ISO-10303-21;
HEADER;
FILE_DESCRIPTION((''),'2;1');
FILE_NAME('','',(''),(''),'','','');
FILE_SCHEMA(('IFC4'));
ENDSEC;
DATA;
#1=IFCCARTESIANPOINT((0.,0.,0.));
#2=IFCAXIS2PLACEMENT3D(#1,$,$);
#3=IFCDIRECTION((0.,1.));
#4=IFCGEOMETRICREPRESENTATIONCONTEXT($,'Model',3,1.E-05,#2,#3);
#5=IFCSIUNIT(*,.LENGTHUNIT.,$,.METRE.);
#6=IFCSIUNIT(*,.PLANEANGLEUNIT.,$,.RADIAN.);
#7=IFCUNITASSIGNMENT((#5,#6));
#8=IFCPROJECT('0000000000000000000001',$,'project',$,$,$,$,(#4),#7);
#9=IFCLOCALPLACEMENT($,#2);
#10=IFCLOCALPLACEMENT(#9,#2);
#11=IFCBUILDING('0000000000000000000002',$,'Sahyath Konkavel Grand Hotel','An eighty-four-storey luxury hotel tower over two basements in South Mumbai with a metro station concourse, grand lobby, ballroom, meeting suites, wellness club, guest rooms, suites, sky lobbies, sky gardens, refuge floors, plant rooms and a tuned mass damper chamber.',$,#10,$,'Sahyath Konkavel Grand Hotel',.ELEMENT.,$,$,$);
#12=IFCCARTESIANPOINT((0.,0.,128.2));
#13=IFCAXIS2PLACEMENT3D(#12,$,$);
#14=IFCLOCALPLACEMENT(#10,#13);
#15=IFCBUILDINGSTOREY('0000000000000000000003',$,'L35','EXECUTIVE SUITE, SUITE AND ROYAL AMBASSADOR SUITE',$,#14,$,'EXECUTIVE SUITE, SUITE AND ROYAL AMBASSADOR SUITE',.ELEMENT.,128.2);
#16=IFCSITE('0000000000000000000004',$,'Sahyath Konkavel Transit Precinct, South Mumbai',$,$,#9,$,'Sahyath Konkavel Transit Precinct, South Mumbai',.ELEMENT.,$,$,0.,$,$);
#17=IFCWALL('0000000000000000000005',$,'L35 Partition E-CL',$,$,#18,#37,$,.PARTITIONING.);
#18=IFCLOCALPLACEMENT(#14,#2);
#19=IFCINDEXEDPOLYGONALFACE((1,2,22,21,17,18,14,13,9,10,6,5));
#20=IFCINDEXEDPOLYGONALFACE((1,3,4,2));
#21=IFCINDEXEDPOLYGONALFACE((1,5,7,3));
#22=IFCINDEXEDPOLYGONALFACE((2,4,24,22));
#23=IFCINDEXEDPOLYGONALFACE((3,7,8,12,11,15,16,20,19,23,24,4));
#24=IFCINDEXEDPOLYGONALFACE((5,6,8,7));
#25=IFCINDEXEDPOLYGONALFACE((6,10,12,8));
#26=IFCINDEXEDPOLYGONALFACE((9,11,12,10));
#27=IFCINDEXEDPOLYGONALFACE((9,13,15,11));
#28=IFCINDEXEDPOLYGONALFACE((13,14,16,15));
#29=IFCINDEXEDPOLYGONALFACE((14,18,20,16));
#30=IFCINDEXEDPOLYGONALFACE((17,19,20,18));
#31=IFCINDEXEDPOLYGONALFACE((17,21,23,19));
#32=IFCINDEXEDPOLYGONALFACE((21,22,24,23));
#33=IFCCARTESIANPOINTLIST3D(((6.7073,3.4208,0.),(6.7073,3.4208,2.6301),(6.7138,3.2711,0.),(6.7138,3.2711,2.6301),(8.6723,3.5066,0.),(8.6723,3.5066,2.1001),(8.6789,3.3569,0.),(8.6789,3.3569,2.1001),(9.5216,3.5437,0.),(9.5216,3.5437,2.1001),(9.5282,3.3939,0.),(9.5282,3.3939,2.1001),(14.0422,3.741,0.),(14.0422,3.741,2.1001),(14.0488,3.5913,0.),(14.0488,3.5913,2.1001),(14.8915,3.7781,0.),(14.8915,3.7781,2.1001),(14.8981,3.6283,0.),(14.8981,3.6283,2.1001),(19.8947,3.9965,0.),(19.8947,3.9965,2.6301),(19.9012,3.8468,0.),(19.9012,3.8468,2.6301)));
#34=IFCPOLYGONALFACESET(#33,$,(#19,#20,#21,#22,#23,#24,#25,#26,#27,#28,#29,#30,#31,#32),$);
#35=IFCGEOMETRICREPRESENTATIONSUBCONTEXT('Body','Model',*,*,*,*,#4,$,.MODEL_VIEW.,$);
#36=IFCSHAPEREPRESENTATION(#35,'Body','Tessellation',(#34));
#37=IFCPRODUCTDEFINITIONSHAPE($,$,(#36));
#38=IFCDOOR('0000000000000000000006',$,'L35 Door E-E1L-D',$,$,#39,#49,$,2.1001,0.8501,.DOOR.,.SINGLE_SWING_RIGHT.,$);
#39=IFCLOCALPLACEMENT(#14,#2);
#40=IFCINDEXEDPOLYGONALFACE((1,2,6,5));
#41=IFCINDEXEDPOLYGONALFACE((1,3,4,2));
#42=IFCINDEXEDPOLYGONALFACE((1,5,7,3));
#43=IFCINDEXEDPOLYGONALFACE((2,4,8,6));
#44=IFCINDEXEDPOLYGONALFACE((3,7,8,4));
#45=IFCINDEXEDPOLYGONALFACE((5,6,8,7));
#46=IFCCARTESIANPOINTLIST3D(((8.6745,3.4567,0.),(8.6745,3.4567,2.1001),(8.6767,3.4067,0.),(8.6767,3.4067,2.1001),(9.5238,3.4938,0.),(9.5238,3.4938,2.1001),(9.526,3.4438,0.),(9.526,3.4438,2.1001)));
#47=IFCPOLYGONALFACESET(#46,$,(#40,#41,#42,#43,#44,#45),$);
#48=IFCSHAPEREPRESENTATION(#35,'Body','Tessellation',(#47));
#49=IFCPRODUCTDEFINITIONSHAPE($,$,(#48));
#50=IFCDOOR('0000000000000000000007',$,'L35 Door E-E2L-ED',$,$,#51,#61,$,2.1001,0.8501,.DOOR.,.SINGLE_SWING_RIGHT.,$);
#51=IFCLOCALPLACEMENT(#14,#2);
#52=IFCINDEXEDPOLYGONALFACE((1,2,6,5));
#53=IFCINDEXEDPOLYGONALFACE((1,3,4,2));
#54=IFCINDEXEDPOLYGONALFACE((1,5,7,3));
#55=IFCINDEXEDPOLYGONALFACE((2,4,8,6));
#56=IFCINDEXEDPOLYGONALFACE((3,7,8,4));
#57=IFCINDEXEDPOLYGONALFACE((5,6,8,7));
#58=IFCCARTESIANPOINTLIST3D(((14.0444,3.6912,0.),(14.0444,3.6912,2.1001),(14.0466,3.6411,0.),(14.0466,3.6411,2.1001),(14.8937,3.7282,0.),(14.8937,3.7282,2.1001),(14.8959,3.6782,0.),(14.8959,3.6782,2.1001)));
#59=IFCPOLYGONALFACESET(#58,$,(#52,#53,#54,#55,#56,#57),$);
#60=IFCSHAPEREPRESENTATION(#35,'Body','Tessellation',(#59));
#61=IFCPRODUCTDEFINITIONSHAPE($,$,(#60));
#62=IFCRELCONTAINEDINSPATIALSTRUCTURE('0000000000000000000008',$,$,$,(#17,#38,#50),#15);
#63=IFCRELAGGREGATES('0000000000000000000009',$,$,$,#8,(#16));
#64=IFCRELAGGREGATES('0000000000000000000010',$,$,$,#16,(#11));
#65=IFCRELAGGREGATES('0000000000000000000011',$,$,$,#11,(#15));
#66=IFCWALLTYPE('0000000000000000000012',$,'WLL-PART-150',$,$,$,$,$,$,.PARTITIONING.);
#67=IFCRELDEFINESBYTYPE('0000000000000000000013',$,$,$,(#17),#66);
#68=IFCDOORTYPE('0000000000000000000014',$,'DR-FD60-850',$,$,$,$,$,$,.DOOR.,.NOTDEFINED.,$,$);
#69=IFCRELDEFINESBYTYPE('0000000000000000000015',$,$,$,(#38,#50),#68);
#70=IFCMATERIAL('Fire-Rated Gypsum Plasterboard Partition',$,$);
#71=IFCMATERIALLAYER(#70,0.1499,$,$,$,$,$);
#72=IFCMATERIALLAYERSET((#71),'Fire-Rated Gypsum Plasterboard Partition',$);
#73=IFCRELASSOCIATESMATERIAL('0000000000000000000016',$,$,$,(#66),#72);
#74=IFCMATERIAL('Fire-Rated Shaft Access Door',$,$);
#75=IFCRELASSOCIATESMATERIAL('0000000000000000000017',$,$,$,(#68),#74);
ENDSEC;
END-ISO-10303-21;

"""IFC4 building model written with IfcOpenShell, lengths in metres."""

from ifc_helpers import new_model, si_unit, direction, frame, frame_2d, origin, origin_2d, place, context, subcontext, project, spatial, rectangle, extrude, source, transform, mapped, material, layer, layer_set, type_object, element, fill, save


model = new_model("IFC4")

# Units and contexts
model_context = context("Model", 3, precision=1e-05, world=origin(), true_north=direction((0.0, 1.0)))
body_context = subcontext(model_context, "Body", "Model", "MODEL_VIEW")
ifc_project = project(units=[si_unit("LENGTHUNIT", "METRE"), si_unit("PLANEANGLEUNIT", "RADIAN")], contexts=[model_context])

# Site, building, storey
site_placement = place(None, origin())
site = spatial("IfcSite", under=ifc_project, at=site_placement, Name="Sahyath Konkavel Transit Precinct, South Mumbai", LongName="Sahyath Konkavel Transit Precinct, South Mumbai", CompositionType="ELEMENT", RefElevation=0.0)
building_placement = place(site_placement, origin())
building = spatial("IfcBuilding", under=site, at=building_placement, Name="Sahyath Konkavel Grand Hotel", Description="An eighty-four-storey luxury hotel tower over two basements in South Mumbai with a metro station concourse, grand lobby, ballroom, meeting suites, wellness club, guest rooms, suites, sky lobbies, sky gardens, refuge floors, plant rooms and a tuned mass damper chamber.", LongName="Sahyath Konkavel Grand Hotel", CompositionType="ELEMENT")
storey_placement = place(building_placement, frame((0.0, 0.0, 128.2)))
storey = spatial("IfcBuildingStorey", under=building, at=storey_placement, Name="L35", Description="EXECUTIVE SUITE, SUITE AND ROYAL AMBASSADOR SUITE", LongName="EXECUTIVE SUITE, SUITE AND ROYAL AMBASSADOR SUITE", CompositionType="ELEMENT", Elevation=128.2)

# Shared definitions
shared_shape_1 = source(origin(), body_context, "Body", "SweptSolid", [
    extrude(rectangle(XDim=0.8501, YDim=0.05, at=origin_2d()), origin(), (0.0, 0.0, 1.0), 2.1001),
])

# Wall, openings, doors
ifc_material_1 = material(Name="Fire-Rated Gypsum Plasterboard Partition")
ifc_layer_1 = layer(ifc_material_1, 0.1499)
ifc_layer_set_1 = layer_set([ifc_layer_1], Name="Fire-Rated Gypsum Plasterboard Partition")
wall_type_1 = type_object("IfcWallType", Name="WLL-PART-150", PredefinedType="PARTITIONING", material=ifc_layer_set_1)
wall_1_placement = place(storey_placement, frame((6.7104, 3.3459, 0.0), z_axis=(0.0, 0.0, 1.0), x_axis=(0.999049, 0.043612, 0.0)))
wall_1 = element("IfcWall", 1, at=wall_1_placement, inside=storey, type_object=wall_type_1, Name="L35 Partition E-CL", PredefinedType="PARTITIONING", context=body_context, shape_type="SweptSolid", body=[
    extrude(rectangle(XDim=13.2, YDim=0.1499, at=frame_2d((6.6001, 0.0))), origin(), (0.0, 0.0, 1.0), 2.6301),
])
opening_1_placement = place(wall_1_placement, frame((1.967, 0.0, 0.0)))
opening_1 = element("IfcOpeningElement", 2, at=opening_1_placement, cuts=wall_1, PredefinedType="OPENING", context=body_context, shape_type="SweptSolid", body=[
    extrude(rectangle(XDim=0.8501, YDim=2.1001, at=frame_2d((0.425, 1.05))), frame((0.0, 0.085, 0.0), z_axis=(0.0, -1.0, 0.0), x_axis=(1.0, 0.0, 0.0)), (0.0, 0.0, 1.0), 0.1699),
])
opening_2_placement = place(wall_1_placement, frame((7.342, 0.0, 0.0)))
opening_2 = element("IfcOpeningElement", 3, at=opening_2_placement, cuts=wall_1, PredefinedType="OPENING", context=body_context, shape_type="SweptSolid", body=[
    extrude(rectangle(XDim=0.8501, YDim=2.1001, at=frame_2d((0.425, 1.05))), frame((0.0, 0.085, 0.0), z_axis=(0.0, -1.0, 0.0), x_axis=(1.0, 0.0, 0.0)), (0.0, 0.0, 1.0), 0.1699),
])
ifc_material_2 = material(Name="Fire-Rated Shaft Access Door")
door_type_1 = type_object("IfcDoorType", Name="DR-FD60-850", OperationType="NOTDEFINED", PredefinedType="DOOR", material=ifc_material_2)
door_1_placement = place(opening_1_placement, frame((0.425, 0.0, 0.0)))
door_1 = element("IfcDoor", 4, at=door_1_placement, inside=storey, type_object=door_type_1, Name="L35 Door E-E1L-D", OperationType="SINGLE_SWING_RIGHT", OverallHeight=2.1001, OverallWidth=0.8501, PredefinedType="DOOR", context=body_context, shape_type="MappedRepresentation", body=[
    mapped(shared_shape_1, transform((0.0, 0.0, 0.0), scale=1.0)),
])
fill(opening_1, door_1)
door_2_placement = place(opening_2_placement, frame((0.425, 0.0, 0.0)))
door_2 = element("IfcDoor", 5, at=door_2_placement, inside=storey, type_object=door_type_1, Name="L35 Door E-E2L-ED", OperationType="SINGLE_SWING_RIGHT", OverallHeight=2.1001, OverallWidth=0.8501, PredefinedType="DOOR", context=body_context, shape_type="MappedRepresentation", body=[
    mapped(shared_shape_1, transform((0.0, 0.0, 0.0), scale=1.0)),
])
fill(opening_2, door_2)

save(model, "model.ifc")
